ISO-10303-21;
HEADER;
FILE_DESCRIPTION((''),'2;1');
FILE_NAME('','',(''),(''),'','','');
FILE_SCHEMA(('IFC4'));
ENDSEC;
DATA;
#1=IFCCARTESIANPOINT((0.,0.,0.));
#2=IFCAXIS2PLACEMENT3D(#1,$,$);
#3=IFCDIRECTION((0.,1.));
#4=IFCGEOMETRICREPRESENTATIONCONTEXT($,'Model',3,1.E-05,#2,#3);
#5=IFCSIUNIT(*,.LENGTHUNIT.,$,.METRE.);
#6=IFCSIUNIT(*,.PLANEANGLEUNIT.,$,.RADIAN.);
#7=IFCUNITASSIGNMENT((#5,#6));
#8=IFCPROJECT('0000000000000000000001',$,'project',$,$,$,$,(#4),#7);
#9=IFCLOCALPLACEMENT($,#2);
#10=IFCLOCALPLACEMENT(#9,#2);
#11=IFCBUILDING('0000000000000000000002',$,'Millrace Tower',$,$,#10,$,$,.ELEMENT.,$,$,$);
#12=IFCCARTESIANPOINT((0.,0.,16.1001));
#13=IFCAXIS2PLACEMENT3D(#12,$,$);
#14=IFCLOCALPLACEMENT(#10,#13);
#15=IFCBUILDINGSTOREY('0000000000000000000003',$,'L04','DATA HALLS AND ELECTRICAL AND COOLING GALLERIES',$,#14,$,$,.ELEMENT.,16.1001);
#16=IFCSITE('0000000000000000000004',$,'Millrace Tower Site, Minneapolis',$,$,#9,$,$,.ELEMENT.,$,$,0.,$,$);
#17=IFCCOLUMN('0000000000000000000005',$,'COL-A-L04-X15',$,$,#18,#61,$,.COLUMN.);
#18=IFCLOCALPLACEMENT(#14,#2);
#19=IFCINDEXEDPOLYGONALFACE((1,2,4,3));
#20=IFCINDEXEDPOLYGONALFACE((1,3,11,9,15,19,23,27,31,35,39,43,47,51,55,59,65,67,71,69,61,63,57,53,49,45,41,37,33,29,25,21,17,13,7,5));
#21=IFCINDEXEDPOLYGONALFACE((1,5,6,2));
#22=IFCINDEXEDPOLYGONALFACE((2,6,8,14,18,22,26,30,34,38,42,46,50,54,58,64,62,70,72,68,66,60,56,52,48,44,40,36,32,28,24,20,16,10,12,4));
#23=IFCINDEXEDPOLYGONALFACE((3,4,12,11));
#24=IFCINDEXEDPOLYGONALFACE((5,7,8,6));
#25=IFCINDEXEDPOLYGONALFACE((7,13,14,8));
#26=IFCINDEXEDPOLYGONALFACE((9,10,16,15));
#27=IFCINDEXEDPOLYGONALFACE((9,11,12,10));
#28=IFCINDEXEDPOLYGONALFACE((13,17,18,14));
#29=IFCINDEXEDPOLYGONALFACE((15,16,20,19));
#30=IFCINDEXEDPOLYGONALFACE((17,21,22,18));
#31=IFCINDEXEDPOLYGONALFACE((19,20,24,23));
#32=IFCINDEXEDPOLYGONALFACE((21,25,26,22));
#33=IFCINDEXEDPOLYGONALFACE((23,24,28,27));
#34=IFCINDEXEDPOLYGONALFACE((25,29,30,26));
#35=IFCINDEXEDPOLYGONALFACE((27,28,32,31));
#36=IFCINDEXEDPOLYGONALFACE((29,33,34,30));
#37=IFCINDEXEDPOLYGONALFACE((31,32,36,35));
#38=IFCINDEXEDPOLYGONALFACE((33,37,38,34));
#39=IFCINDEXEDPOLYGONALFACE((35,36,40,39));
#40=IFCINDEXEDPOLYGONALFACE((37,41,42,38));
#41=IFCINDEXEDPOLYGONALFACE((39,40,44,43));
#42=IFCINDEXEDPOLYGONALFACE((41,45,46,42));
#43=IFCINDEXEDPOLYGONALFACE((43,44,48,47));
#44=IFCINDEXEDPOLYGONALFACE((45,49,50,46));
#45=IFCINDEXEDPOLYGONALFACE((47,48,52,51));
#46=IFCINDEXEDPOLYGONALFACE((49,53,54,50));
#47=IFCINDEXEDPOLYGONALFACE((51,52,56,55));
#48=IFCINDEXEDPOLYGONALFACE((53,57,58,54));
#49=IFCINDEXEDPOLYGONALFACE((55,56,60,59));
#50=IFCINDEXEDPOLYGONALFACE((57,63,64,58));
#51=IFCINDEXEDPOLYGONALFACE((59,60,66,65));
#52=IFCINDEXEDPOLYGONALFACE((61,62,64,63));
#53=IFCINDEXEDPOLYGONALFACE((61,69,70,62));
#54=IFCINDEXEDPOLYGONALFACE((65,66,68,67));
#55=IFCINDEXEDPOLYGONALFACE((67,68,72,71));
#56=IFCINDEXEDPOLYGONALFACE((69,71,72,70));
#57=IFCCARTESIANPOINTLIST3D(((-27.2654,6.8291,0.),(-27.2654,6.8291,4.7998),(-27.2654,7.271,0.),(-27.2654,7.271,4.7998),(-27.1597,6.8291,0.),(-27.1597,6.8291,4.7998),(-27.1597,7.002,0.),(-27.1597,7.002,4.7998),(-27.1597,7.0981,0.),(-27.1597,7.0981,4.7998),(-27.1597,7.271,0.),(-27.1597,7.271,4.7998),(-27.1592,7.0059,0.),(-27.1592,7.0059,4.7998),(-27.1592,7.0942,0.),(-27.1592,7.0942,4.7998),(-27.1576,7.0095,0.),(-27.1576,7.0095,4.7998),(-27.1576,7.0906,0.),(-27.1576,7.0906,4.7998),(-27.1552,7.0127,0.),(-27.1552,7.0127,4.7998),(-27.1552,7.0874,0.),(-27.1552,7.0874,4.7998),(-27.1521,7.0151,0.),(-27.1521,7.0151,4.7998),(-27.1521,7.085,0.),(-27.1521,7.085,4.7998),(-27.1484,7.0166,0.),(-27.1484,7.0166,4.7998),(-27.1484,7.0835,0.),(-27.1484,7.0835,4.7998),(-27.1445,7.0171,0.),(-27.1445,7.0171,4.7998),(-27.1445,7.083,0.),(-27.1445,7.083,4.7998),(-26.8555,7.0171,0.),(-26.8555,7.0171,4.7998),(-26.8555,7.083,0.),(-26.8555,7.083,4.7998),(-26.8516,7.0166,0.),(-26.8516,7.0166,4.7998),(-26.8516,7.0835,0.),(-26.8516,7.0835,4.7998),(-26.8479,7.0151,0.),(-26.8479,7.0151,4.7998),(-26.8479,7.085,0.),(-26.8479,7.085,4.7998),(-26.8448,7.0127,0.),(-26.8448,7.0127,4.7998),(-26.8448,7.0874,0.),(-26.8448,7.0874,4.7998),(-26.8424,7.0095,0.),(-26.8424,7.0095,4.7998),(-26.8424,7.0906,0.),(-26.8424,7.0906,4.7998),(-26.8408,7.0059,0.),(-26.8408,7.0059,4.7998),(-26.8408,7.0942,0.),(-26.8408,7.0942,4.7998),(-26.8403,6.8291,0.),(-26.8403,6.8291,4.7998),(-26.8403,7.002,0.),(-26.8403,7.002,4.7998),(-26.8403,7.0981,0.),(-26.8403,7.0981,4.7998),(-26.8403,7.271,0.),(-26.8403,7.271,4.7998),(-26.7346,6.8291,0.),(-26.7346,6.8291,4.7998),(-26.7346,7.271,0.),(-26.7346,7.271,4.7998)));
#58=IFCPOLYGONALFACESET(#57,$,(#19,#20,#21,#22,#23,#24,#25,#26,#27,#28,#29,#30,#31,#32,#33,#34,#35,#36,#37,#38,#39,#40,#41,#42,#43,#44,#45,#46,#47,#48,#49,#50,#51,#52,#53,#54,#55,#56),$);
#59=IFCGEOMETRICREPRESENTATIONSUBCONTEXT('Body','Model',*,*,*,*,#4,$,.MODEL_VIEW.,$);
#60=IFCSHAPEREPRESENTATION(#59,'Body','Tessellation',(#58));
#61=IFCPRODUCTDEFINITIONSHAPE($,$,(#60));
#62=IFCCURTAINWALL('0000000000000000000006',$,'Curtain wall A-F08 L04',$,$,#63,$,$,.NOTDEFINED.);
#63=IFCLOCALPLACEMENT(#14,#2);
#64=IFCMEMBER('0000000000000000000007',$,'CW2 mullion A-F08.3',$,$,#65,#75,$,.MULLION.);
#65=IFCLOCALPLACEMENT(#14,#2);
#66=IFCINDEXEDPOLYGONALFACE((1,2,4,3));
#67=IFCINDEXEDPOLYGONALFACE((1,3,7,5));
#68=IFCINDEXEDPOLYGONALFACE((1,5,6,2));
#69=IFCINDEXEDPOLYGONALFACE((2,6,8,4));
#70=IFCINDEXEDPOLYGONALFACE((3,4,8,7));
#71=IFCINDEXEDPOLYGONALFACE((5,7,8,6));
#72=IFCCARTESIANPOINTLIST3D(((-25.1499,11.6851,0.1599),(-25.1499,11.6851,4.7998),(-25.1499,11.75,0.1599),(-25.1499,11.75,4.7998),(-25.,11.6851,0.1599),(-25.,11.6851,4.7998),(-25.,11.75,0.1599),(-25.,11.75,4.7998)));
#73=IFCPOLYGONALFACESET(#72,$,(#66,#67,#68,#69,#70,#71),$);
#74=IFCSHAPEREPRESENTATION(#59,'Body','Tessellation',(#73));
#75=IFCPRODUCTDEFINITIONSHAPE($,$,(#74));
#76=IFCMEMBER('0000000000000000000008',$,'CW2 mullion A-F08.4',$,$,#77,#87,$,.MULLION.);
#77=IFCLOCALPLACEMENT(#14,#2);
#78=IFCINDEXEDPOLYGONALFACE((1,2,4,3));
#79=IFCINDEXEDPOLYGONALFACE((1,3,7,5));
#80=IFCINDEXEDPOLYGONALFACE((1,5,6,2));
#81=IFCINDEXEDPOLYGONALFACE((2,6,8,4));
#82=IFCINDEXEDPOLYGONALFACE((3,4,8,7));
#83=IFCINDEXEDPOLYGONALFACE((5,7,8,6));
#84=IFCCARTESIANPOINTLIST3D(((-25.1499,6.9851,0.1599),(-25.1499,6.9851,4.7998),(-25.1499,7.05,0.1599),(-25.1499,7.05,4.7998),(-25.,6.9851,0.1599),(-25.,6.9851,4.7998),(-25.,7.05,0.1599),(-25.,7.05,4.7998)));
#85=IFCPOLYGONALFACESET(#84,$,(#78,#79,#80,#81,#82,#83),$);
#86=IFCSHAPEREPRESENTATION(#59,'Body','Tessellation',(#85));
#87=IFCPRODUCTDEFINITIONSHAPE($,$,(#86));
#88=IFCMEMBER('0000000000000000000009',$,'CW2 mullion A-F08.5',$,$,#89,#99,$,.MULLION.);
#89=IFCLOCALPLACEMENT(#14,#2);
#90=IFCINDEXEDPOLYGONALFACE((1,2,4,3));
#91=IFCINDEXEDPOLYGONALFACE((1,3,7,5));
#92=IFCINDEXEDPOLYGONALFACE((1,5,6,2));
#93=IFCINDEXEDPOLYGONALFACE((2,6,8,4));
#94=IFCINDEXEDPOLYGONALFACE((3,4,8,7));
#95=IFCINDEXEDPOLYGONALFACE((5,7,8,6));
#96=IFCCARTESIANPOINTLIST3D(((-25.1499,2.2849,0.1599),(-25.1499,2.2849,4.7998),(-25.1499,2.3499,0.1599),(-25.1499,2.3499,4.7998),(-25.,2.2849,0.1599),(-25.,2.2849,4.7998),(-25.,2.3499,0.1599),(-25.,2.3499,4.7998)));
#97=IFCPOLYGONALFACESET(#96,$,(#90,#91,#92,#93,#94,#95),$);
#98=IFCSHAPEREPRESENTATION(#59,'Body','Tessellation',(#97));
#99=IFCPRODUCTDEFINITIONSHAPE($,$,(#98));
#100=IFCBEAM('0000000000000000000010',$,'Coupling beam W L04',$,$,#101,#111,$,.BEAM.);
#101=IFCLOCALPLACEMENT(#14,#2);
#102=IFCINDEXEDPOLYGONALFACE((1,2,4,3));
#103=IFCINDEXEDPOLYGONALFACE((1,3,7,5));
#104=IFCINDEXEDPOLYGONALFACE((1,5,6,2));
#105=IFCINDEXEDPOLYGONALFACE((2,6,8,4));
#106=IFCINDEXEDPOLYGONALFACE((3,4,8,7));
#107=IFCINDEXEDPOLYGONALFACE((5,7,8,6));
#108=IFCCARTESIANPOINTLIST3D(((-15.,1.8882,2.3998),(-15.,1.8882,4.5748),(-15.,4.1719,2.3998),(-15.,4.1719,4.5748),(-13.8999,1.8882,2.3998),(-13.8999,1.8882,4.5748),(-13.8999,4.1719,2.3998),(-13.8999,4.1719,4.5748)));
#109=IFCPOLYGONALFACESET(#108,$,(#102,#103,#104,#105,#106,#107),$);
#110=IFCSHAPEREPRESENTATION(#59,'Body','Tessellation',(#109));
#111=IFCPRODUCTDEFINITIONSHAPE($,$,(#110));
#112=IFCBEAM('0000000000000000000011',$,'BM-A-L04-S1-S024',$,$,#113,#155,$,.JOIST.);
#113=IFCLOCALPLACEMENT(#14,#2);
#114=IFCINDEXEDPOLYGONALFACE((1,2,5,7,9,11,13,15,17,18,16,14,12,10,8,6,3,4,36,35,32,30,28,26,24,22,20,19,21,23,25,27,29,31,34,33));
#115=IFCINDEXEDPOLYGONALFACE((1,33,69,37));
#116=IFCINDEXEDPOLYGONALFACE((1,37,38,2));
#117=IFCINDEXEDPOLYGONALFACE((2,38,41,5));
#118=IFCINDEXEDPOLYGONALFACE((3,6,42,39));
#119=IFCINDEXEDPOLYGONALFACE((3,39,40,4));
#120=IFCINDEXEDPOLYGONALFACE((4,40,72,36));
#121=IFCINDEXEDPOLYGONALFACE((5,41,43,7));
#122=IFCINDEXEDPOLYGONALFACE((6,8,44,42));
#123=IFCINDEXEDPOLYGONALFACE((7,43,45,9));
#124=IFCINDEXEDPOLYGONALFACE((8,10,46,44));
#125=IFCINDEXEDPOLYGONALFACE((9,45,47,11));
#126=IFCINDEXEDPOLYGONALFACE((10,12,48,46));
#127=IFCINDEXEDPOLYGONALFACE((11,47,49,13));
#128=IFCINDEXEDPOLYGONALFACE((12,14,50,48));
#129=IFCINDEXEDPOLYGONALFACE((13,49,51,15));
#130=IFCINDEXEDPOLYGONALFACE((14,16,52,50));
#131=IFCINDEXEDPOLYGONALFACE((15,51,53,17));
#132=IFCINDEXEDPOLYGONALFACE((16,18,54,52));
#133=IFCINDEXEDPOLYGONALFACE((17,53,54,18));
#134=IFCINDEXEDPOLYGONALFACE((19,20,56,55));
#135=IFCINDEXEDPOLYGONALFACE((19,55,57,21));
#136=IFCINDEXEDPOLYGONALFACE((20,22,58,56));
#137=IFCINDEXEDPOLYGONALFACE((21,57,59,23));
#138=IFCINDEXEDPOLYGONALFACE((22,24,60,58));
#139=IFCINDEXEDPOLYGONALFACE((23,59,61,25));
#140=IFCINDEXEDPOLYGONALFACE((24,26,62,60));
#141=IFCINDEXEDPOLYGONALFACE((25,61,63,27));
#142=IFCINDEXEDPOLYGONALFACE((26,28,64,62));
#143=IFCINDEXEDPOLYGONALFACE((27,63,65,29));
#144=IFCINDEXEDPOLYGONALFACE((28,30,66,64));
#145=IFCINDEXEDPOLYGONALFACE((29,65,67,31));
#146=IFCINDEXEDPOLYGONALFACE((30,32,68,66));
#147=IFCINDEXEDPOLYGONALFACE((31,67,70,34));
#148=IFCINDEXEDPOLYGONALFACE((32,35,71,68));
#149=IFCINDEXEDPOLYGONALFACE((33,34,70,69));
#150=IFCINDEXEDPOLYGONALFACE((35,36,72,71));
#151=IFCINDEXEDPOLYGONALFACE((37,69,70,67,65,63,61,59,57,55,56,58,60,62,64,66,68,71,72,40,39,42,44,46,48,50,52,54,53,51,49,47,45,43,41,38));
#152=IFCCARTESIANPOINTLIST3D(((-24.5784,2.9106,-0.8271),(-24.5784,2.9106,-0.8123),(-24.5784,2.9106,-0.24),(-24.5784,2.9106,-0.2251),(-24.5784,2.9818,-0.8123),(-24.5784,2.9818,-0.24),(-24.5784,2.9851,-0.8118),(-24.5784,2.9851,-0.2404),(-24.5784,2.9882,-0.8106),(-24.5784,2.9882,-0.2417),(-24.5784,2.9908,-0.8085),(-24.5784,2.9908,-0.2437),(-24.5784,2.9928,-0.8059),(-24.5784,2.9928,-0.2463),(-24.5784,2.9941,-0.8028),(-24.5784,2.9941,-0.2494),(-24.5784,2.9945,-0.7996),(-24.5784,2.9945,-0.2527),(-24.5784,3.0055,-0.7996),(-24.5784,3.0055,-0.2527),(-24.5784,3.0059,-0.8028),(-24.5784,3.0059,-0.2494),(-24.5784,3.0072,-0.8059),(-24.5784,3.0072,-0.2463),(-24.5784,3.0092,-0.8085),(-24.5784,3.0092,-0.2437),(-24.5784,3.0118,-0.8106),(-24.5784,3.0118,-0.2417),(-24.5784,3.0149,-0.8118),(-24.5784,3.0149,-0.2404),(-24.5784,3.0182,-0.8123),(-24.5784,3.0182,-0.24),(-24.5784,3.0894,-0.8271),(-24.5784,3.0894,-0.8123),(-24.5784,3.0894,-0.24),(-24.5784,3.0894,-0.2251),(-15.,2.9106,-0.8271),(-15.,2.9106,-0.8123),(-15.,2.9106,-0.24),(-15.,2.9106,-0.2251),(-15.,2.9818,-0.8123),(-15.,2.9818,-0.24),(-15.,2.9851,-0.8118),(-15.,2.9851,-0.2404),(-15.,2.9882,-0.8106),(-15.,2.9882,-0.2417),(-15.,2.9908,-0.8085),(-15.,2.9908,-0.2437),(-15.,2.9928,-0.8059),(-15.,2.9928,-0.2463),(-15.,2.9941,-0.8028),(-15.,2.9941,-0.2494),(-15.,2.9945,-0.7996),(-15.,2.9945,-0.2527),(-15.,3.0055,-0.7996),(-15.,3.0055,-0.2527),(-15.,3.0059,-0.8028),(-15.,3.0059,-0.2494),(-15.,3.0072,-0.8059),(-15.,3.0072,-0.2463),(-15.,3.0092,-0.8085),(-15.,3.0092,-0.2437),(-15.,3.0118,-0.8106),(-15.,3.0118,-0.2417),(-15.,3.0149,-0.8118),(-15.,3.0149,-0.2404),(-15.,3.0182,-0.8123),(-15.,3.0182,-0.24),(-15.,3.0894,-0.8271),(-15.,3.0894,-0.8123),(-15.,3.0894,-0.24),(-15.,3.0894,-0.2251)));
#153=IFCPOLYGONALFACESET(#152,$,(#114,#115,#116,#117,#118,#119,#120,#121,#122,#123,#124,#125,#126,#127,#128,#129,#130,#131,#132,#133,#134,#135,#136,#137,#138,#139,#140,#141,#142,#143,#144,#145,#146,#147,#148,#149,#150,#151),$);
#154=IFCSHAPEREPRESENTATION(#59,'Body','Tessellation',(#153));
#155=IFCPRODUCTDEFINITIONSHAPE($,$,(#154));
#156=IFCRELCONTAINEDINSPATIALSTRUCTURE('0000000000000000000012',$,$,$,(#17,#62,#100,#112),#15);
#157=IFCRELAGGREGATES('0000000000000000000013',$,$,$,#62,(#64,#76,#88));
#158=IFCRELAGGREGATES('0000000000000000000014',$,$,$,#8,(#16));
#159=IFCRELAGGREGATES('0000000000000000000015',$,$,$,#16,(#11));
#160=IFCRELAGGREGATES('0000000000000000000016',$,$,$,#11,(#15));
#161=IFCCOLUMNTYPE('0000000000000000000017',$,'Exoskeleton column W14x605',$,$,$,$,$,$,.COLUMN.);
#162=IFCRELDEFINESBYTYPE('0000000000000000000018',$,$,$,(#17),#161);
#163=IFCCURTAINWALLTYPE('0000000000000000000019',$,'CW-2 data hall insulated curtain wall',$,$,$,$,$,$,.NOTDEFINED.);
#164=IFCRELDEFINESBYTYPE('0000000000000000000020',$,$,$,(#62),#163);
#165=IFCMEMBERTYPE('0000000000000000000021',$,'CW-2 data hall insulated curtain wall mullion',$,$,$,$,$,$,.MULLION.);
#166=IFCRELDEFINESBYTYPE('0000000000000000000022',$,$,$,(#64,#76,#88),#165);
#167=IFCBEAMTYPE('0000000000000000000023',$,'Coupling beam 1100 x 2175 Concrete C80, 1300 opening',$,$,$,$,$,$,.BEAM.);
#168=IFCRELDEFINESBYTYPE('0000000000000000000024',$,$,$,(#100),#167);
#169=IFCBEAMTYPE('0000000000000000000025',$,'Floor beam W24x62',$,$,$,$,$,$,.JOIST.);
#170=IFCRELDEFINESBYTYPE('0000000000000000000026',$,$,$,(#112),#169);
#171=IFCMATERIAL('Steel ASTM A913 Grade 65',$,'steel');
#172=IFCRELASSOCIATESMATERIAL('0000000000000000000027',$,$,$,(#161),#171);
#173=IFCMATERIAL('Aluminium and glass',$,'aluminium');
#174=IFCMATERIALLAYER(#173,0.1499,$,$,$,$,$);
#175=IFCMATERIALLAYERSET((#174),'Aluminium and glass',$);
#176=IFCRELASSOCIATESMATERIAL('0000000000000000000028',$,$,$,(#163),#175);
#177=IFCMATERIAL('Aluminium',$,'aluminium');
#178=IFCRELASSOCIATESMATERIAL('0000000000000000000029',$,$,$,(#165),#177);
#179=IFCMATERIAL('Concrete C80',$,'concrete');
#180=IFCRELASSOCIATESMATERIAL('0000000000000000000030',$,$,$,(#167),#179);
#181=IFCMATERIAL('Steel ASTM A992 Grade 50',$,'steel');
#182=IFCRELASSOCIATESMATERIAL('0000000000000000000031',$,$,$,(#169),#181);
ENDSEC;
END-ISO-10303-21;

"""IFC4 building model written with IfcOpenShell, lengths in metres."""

from ifc_helpers import new_model, si_unit, direction, frame, origin, origin_2d, place, context, subcontext, project, spatial, rectangle, i_section, extrude, material, layer, layer_set, material_profile, profile_set, type_object, element, aggregate, save


model = new_model("IFC4")

# Units and contexts
model_context = context("Model", 3, precision=1e-05, world=origin(), true_north=direction((0.0, 1.0)))
body_context = subcontext(model_context, "Body", "Model", "MODEL_VIEW")
ifc_project = project(units=[si_unit("LENGTHUNIT", "METRE"), si_unit("PLANEANGLEUNIT", "RADIAN")], contexts=[model_context])

# Site, building, storey
site_placement = place(None, origin())
site = spatial("IfcSite", under=ifc_project, at=site_placement, Name="Millrace Tower Site, Minneapolis", CompositionType="ELEMENT", RefElevation=0.0)
building_placement = place(site_placement, origin())
building = spatial("IfcBuilding", under=site, at=building_placement, Name="Millrace Tower", CompositionType="ELEMENT")
storey_placement = place(building_placement, frame((0.0, 0.0, 16.1001)))
storey = spatial("IfcBuildingStorey", under=building, at=storey_placement, Name="L04", Description="DATA HALLS AND ELECTRICAL AND COOLING GALLERIES", CompositionType="ELEMENT", Elevation=16.1001)

# Column
ifc_material_1 = material(Name="Steel ASTM A913 Grade 65", Category="steel")
ifc_material_profile_1 = material_profile(ifc_material_1, i_section(OverallWidth=0.4419, OverallDepth=0.5308, WebThickness=0.0659, FlangeThickness=0.1057, FilletRadius=0.0151, at=origin_2d()))
ifc_profile_set_1 = profile_set([ifc_material_profile_1], Name="Steel ASTM A913 Grade 65")
column_type = type_object("IfcColumnType", Name="Exoskeleton column W14x605", PredefinedType="COLUMN", material=ifc_profile_set_1)
column_placement = place(storey_placement, frame((-27.0, 7.05, 0.0), z_axis=(0.0, 0.0, 1.0), x_axis=(0.0, -1.0, 0.0)))
element("IfcColumn", 1, at=column_placement, inside=storey, type_object=column_type, Name="COL-A-L04-X15", PredefinedType="COLUMN", context=body_context, shape_type="SweptSolid", body=[
    extrude(i_section(OverallWidth=0.4419, OverallDepth=0.5308, WebThickness=0.0659, FlangeThickness=0.1057, FilletRadius=0.0151, at=origin_2d()), origin(), (0.0, 0.0, 1.0), 4.7998),
])

# Curtain wall, members
ifc_material_2 = material(Name="Aluminium and glass", Category="aluminium")
ifc_layer_1 = layer(ifc_material_2, 0.1499)
ifc_layer_set_1 = layer_set([ifc_layer_1], Name="Aluminium and glass")
curtain_wall_type = type_object("IfcCurtainWallType", Name="CW-2 data hall insulated curtain wall", PredefinedType="NOTDEFINED", material=ifc_layer_set_1)
placement = place(storey_placement, origin())
curtain_wall = element("IfcCurtainWall", 2, at=placement, inside=storey, type_object=curtain_wall_type, Name="Curtain wall A-F08 L04", PredefinedType="NOTDEFINED")
ifc_material_3 = material(Name="Aluminium", Category="aluminium")
ifc_material_profile_2 = material_profile(ifc_material_3, rectangle(XDim=0.0649, YDim=0.1499, at=origin_2d()))
ifc_profile_set_2 = profile_set([ifc_material_profile_2], Name="Aluminium")
member_type = type_object("IfcMemberType", Name="CW-2 data hall insulated curtain wall mullion", PredefinedType="MULLION", material=ifc_profile_set_2)
member_1_placement = place(storey_placement, frame((-25.075, 11.7175, 0.1599), z_axis=(0.0, 0.0, 1.0), x_axis=(0.0, -1.0, 0.0)))
member_1 = element("IfcMember", 3, at=member_1_placement, type_object=member_type, Name="CW2 mullion A-F08.3", PredefinedType="MULLION", context=body_context, shape_type="SweptSolid", body=[
    extrude(rectangle(XDim=0.0649, YDim=0.1499, at=origin_2d()), origin(), (0.0, 0.0, 1.0), 4.6399),
])
member_2_placement = place(storey_placement, frame((-25.075, 7.0176, 0.1599), z_axis=(0.0, 0.0, 1.0), x_axis=(0.0, -1.0, 0.0)))
member_2 = element("IfcMember", 4, at=member_2_placement, type_object=member_type, Name="CW2 mullion A-F08.4", PredefinedType="MULLION", context=body_context, shape_type="SweptSolid", body=[
    extrude(rectangle(XDim=0.0649, YDim=0.1499, at=origin_2d()), origin(), (0.0, 0.0, 1.0), 4.6399),
])
member_3_placement = place(storey_placement, frame((-25.075, 2.3174, 0.1599), z_axis=(0.0, 0.0, 1.0), x_axis=(0.0, -1.0, 0.0)))
member_3 = element("IfcMember", 5, at=member_3_placement, type_object=member_type, Name="CW2 mullion A-F08.5", PredefinedType="MULLION", context=body_context, shape_type="SweptSolid", body=[
    extrude(rectangle(XDim=0.0649, YDim=0.1499, at=origin_2d()), origin(), (0.0, 0.0, 1.0), 4.6399),
])
aggregate(curtain_wall, [member_1, member_2, member_3])

# Beams
ifc_material_4 = material(Name="Concrete C80", Category="concrete")
ifc_material_profile_3 = material_profile(ifc_material_4, rectangle(XDim=1.1001, YDim=2.175, at=origin_2d()))
ifc_profile_set_3 = profile_set([ifc_material_profile_3], Name="Concrete C80")
beam_type_1 = type_object("IfcBeamType", Name="Coupling beam 1100 x 2175 Concrete C80, 1300 opening", PredefinedType="BEAM", material=ifc_profile_set_3)
beam_1_placement = place(storey_placement, frame((-14.45, 1.8882, 3.4873), z_axis=(0.0, 1.0, 0.0), x_axis=(-1.0, 0.0, 0.0)))
element("IfcBeam", 6, at=beam_1_placement, inside=storey, type_object=beam_type_1, Name="Coupling beam W L04", PredefinedType="BEAM", context=body_context, shape_type="SweptSolid", body=[
    extrude(rectangle(XDim=1.1001, YDim=2.175, at=origin_2d()), origin(), (0.0, 0.0, 1.0), 2.2837),
])
ifc_material_5 = material(Name="Steel ASTM A992 Grade 50", Category="steel")
ifc_material_profile_4 = material_profile(ifc_material_5, i_section(OverallWidth=0.1787, OverallDepth=0.6021, WebThickness=0.011, FlangeThickness=0.0149, FilletRadius=0.0127, at=origin_2d()))
ifc_profile_set_4 = profile_set([ifc_material_profile_4], Name="Steel ASTM A992 Grade 50")
beam_type_2 = type_object("IfcBeamType", Name="Floor beam W24x62", PredefinedType="JOIST", material=ifc_profile_set_4)
for number, where, z_axis, x_axis, name in (
    (7, (-24.5784, 3.0, -0.5261), (1.0, 0.0, 0.0), (0.0, 1.0, 0.0), "BM-A-L04-S1-S024"),
):
    element("IfcBeam", number, at=place(storey_placement, frame(where, z_axis=z_axis, x_axis=x_axis)), inside=storey, type_object=beam_type_2, Name=name, PredefinedType="JOIST", context=body_context, shape_type="SweptSolid", body=[
        extrude(i_section(OverallWidth=0.1787, OverallDepth=0.6021, WebThickness=0.011, FlangeThickness=0.0149, FilletRadius=0.0127, at=origin_2d()), origin(), (0.0, 0.0, 1.0), 9.5784),
    ])

save(model, "model.ifc")
